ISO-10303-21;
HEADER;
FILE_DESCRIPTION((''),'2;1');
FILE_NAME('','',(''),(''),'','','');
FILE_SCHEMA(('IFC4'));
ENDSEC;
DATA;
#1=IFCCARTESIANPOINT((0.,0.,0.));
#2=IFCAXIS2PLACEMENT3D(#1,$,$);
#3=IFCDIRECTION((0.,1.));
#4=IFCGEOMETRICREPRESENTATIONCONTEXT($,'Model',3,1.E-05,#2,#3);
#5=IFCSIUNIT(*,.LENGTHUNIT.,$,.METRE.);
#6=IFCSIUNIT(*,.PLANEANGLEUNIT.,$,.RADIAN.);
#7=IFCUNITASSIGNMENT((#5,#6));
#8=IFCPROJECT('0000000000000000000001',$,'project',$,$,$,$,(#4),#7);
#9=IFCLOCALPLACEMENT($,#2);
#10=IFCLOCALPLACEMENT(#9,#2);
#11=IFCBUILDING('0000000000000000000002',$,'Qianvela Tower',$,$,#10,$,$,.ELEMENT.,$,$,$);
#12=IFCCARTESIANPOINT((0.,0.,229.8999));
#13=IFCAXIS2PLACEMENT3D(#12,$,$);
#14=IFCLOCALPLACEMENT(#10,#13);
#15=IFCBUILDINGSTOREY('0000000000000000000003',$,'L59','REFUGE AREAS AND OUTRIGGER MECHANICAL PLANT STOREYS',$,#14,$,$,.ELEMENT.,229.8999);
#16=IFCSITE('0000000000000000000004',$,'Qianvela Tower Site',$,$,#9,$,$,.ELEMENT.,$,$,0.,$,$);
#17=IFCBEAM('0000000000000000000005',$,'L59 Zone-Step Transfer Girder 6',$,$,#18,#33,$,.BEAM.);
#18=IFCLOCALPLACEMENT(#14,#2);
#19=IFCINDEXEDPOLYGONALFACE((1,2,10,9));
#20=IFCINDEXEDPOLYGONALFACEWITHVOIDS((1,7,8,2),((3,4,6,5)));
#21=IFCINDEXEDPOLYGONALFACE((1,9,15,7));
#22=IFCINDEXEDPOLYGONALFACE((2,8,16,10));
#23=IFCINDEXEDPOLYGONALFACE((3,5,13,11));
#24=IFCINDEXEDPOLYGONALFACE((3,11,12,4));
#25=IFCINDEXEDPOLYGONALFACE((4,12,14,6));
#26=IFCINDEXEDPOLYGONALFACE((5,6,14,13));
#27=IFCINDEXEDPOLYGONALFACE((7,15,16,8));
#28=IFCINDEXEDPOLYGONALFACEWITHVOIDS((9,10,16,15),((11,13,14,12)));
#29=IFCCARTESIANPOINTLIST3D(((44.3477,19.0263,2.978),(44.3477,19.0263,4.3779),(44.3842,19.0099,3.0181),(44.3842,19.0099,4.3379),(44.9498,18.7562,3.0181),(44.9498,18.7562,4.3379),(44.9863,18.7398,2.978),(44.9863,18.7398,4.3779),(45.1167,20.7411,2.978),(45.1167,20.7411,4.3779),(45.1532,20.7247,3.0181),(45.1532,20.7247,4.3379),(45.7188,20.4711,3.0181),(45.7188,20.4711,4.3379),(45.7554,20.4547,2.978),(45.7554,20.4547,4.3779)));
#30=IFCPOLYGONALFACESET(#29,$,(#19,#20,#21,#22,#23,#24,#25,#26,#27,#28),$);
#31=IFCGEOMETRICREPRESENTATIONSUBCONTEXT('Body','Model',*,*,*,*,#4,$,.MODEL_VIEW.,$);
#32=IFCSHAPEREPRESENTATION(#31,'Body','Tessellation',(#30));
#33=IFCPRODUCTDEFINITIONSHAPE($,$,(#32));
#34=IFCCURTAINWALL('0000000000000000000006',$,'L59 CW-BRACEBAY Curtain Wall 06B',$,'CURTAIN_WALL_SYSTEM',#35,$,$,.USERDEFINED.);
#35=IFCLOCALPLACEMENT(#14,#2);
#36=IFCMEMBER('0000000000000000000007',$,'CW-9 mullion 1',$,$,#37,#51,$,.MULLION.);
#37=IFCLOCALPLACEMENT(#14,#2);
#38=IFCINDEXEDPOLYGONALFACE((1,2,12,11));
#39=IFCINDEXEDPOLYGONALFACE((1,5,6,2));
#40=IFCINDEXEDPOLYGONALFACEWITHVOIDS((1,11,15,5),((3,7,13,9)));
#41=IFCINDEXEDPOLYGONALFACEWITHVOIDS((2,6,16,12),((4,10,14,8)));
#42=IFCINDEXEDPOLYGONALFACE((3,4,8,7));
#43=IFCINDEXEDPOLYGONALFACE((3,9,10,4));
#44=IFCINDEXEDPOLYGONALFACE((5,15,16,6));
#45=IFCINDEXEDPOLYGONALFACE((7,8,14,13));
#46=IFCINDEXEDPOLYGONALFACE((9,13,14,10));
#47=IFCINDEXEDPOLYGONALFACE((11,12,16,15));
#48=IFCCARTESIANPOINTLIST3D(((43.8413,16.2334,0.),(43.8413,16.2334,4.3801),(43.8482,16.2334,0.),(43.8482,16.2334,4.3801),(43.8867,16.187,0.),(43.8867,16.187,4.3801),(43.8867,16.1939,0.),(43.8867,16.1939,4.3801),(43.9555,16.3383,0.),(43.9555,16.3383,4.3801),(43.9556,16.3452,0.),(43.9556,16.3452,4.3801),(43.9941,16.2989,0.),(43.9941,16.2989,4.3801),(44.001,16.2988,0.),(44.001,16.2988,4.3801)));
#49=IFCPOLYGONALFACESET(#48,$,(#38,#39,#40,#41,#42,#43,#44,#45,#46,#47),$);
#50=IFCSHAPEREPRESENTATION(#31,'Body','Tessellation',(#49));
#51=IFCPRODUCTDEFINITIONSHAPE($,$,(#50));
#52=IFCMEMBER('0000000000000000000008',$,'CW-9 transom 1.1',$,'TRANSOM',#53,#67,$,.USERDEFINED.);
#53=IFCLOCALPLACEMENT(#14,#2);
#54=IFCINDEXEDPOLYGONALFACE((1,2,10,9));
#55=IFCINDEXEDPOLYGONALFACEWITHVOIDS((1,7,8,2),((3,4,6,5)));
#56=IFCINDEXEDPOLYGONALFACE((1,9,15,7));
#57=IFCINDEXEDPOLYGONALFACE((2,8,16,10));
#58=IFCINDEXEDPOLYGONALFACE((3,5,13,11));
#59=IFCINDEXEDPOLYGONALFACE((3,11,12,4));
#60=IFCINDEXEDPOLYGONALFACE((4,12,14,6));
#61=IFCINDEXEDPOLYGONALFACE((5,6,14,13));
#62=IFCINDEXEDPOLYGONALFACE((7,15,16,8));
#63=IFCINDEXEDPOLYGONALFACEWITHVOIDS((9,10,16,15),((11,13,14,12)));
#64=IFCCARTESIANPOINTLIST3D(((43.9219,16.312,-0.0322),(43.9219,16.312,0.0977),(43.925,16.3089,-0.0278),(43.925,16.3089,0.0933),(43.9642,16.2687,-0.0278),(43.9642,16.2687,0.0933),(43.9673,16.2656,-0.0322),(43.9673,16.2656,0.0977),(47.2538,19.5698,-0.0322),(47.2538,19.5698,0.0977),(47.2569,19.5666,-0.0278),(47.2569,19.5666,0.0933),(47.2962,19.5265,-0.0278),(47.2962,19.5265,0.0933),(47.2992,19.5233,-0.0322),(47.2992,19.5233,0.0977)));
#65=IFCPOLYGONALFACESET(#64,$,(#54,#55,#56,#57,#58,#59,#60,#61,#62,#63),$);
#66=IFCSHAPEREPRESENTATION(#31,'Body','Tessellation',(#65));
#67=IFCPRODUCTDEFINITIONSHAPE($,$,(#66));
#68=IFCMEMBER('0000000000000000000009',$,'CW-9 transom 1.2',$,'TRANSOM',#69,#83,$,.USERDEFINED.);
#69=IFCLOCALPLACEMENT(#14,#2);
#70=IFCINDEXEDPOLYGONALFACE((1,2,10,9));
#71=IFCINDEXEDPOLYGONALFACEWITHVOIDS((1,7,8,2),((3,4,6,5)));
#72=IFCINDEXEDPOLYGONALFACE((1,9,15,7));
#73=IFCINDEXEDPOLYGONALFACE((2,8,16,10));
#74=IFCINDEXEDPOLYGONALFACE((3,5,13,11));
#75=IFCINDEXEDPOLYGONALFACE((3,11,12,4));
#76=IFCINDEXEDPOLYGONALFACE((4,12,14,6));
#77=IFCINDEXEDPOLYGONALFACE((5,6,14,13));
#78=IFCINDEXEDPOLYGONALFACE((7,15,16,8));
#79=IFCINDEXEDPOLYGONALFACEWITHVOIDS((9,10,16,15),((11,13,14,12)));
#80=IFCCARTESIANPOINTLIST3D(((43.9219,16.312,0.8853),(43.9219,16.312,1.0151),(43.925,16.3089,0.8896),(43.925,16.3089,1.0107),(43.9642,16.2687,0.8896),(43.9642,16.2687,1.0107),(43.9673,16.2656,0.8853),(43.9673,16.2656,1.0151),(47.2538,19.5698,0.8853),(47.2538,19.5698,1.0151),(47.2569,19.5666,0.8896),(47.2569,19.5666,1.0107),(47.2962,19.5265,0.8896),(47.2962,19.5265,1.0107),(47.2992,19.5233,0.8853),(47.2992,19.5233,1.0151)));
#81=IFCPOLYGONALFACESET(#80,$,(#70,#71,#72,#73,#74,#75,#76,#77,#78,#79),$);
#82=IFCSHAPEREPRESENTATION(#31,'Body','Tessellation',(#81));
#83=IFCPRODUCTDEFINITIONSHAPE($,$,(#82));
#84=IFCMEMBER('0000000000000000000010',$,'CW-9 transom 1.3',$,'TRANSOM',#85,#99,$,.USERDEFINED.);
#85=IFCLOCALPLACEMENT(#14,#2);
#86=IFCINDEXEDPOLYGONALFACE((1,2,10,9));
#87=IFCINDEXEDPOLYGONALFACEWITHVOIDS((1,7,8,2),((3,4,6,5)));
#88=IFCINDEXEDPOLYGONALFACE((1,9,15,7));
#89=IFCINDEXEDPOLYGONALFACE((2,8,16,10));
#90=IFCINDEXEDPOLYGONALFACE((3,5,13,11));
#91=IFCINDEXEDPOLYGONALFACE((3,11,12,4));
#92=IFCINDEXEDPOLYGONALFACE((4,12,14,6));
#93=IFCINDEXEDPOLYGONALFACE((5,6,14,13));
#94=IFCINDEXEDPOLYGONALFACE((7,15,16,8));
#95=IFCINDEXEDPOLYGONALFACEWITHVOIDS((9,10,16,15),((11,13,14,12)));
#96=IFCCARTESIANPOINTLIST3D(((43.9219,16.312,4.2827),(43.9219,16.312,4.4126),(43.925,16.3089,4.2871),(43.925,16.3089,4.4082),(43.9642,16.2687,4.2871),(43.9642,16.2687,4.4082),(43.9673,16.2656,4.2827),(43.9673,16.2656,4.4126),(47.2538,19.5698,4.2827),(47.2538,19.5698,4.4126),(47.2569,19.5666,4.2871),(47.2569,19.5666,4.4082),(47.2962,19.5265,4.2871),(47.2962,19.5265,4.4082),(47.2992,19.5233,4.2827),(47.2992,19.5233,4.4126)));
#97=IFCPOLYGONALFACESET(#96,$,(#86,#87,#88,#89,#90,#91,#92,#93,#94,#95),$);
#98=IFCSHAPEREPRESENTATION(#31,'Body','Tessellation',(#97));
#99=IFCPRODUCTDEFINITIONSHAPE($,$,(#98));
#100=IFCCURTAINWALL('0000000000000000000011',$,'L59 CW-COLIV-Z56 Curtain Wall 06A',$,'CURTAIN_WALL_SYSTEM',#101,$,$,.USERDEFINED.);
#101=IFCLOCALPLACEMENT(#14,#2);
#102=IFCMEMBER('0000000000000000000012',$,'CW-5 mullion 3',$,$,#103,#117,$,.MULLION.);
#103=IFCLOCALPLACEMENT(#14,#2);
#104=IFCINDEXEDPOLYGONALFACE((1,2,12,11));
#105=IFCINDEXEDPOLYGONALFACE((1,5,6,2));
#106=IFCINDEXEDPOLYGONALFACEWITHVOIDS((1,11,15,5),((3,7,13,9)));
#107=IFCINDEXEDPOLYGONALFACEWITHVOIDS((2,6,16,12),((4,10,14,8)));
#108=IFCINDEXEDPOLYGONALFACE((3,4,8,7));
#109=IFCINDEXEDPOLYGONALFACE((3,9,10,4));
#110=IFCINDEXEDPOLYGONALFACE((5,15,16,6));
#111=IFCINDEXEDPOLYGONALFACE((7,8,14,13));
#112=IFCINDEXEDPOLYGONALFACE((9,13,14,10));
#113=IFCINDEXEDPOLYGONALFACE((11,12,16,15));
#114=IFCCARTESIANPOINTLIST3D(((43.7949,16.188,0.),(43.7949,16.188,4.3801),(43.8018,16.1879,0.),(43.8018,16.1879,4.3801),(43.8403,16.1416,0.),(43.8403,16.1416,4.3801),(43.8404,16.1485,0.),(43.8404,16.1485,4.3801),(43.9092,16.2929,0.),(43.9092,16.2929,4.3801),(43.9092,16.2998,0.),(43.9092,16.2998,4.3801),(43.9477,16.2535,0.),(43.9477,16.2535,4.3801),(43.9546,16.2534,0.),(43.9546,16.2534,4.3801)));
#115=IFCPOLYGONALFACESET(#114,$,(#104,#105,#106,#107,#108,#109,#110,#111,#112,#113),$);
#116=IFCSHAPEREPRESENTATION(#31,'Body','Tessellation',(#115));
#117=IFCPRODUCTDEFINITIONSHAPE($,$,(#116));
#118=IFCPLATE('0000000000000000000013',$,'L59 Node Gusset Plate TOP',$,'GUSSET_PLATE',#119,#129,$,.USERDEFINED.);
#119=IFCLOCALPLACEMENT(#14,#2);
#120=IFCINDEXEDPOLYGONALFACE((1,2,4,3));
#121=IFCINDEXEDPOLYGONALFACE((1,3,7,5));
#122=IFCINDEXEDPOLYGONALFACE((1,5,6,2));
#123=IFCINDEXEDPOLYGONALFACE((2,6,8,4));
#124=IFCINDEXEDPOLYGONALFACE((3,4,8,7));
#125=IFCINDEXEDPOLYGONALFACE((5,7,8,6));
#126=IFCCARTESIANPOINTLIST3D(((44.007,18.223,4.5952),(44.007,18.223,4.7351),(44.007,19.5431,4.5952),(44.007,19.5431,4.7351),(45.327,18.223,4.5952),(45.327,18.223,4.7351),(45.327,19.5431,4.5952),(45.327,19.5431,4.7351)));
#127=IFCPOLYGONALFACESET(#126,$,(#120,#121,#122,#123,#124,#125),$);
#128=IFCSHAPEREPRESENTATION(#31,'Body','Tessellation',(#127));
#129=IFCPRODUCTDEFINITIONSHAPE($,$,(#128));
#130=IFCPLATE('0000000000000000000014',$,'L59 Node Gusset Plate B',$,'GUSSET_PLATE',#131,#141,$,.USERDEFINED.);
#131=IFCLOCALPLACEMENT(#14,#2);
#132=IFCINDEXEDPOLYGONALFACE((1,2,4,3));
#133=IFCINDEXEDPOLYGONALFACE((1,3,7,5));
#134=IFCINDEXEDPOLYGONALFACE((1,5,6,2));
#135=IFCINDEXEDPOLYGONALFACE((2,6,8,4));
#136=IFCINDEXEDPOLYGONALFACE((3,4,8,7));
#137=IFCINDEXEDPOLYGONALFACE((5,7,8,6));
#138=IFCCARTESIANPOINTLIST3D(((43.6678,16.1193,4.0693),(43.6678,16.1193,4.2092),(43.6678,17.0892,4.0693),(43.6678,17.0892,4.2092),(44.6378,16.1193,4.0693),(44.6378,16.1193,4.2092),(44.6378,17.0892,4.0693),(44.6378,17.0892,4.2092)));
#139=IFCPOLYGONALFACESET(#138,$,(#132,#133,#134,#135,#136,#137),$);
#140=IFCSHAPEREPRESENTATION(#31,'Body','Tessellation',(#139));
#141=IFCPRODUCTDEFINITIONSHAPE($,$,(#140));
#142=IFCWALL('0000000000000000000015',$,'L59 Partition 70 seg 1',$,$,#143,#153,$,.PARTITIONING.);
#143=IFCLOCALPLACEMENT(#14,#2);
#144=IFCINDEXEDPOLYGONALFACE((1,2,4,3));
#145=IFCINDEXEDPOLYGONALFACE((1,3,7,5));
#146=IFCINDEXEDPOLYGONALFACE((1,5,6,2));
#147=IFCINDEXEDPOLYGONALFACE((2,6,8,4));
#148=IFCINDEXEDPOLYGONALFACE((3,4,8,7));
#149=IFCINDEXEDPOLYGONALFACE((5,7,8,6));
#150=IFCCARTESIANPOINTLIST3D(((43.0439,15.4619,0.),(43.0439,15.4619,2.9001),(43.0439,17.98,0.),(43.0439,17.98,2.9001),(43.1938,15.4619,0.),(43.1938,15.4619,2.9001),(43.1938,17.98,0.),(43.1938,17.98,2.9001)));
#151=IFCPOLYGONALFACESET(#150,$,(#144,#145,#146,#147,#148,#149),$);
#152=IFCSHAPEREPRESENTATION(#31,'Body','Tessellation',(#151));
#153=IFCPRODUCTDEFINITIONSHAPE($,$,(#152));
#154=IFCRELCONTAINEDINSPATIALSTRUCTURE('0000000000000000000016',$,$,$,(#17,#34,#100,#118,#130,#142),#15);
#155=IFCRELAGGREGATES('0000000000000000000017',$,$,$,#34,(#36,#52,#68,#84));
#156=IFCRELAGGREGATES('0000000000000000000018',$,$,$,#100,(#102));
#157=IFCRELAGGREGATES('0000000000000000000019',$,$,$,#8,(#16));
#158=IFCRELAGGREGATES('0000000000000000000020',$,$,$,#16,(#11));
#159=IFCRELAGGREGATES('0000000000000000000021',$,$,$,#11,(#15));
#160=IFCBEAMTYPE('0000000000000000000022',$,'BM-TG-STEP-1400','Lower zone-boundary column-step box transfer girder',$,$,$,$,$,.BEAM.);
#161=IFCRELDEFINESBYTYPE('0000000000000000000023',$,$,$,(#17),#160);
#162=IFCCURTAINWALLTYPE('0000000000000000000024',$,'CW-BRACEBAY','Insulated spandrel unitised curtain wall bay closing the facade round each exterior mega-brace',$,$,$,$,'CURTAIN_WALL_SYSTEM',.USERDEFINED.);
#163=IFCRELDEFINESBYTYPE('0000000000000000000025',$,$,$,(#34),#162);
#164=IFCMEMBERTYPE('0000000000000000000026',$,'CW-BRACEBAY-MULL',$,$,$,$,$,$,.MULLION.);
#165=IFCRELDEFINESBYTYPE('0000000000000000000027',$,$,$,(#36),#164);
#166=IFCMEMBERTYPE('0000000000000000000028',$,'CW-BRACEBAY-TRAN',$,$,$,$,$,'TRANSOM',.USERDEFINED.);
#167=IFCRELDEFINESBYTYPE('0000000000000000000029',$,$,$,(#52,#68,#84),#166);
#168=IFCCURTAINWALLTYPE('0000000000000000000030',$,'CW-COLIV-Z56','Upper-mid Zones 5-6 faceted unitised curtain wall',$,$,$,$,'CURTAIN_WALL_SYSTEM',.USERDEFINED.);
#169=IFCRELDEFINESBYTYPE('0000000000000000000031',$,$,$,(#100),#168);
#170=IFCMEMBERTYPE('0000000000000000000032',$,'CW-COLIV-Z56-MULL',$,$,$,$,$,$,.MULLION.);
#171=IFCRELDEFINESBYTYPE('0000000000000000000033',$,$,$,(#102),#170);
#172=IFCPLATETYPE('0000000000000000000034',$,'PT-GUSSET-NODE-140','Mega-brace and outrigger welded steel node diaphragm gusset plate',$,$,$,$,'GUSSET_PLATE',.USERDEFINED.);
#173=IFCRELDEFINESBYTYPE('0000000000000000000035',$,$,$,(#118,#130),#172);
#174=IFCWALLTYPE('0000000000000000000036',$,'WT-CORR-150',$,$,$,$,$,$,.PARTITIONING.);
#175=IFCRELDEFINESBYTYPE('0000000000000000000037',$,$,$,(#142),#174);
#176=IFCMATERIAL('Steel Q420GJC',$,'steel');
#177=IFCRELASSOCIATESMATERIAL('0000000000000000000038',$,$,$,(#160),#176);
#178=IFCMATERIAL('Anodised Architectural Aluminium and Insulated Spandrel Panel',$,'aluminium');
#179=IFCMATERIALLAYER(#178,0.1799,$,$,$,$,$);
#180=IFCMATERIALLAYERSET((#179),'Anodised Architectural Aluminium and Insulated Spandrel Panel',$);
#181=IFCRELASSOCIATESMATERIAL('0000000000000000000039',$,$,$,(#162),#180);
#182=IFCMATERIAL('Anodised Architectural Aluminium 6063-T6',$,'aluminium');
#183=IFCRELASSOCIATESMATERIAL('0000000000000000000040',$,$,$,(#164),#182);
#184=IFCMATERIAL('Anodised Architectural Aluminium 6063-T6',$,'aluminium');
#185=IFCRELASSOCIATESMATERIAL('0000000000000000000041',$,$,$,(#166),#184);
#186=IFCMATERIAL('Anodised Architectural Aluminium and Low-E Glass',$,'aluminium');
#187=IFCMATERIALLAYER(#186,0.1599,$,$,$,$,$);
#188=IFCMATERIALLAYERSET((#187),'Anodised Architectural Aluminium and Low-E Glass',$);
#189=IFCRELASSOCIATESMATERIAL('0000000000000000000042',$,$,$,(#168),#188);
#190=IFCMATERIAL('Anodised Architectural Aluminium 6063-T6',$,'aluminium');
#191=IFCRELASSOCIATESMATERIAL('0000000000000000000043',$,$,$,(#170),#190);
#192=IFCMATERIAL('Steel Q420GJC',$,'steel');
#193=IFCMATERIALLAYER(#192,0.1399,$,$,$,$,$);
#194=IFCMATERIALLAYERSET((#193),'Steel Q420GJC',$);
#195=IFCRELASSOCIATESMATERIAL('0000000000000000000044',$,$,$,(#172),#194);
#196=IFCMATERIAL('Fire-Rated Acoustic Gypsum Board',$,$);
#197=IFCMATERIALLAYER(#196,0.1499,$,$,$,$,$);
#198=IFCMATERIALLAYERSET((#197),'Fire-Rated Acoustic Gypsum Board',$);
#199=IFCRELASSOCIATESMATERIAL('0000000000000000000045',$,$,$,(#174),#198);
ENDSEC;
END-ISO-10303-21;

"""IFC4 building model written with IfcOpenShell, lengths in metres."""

from ifc_helpers import new_model, si_unit, direction, frame, frame_2d, origin, origin_2d, place, context, subcontext, project, spatial, rectangle, hollow_rectangle, extrude, material, layer, layer_set, material_profile, profile_set, type_object, element, aggregate, save


model = new_model("IFC4")

# Units and contexts
model_context = context("Model", 3, precision=1e-05, world=origin(), true_north=direction((0.0, 1.0)))
body_context = subcontext(model_context, "Body", "Model", "MODEL_VIEW")
ifc_project = project(units=[si_unit("LENGTHUNIT", "METRE"), si_unit("PLANEANGLEUNIT", "RADIAN")], contexts=[model_context])

# Site, building, storey
site_placement = place(None, origin())
site = spatial("IfcSite", under=ifc_project, at=site_placement, Name="Qianvela Tower Site", CompositionType="ELEMENT", RefElevation=0.0)
building_placement = place(site_placement, origin())
building = spatial("IfcBuilding", under=site, at=building_placement, Name="Qianvela Tower", CompositionType="ELEMENT")
storey_placement = place(building_placement, frame((0.0, 0.0, 229.8999)))
storey = spatial("IfcBuildingStorey", under=building, at=storey_placement, Name="L59", Description="REFUGE AREAS AND OUTRIGGER MECHANICAL PLANT STOREYS", CompositionType="ELEMENT", Elevation=229.8999)

# Beam
ifc_material_1 = material(Name="Steel Q420GJC", Category="steel")
ifc_material_profile_1 = material_profile(ifc_material_1, hollow_rectangle(XDim=0.7, YDim=1.3999, WallThickness=0.04, at=origin_2d()), Name="TG-BOX-1400x700x40")
ifc_profile_set_1 = profile_set([ifc_material_profile_1], Name="Steel Q420GJC")
beam_type_1 = type_object("IfcBeamType", Name="BM-TG-STEP-1400", Description="Lower zone-boundary column-step box transfer girder", PredefinedType="BEAM", material=ifc_profile_set_1)
beam_1_placement = place(storey_placement, frame((44.667, 18.8831, 3.678), z_axis=(0.409198, 0.912446, 0.0), x_axis=(-0.912446, 0.409198, 0.0)))
element("IfcBeam", 1, at=beam_1_placement, inside=storey, type_object=beam_type_1, Name="L59 Zone-Step Transfer Girder 6", PredefinedType="BEAM", context=body_context, shape_type="SweptSolid", body=[
    extrude(hollow_rectangle(XDim=0.7, YDim=1.3999, WallThickness=0.04, at=origin_2d()), origin(), (0.0, 0.0, 1.0), 1.8794),
])

# Curtain wall, members
ifc_material_2 = material(Name="Anodised Architectural Aluminium and Insulated Spandrel Panel", Category="aluminium")
ifc_layer_1 = layer(ifc_material_2, 0.1799)
ifc_layer_set_1 = layer_set([ifc_layer_1], Name="Anodised Architectural Aluminium and Insulated Spandrel Panel")
curtain_wall_type_1 = type_object("IfcCurtainWallType", Name="CW-BRACEBAY", Description="Insulated spandrel unitised curtain wall bay closing the facade round each exterior mega-brace", ElementType="CURTAIN_WALL_SYSTEM", PredefinedType="USERDEFINED", material=ifc_layer_set_1)
curtain_wall_1_placement = place(storey_placement, origin())
curtain_wall_1 = element("IfcCurtainWall", 2, at=curtain_wall_1_placement, inside=storey, type_object=curtain_wall_type_1, Name="L59 CW-BRACEBAY Curtain Wall 06B", ObjectType="CURTAIN_WALL_SYSTEM", PredefinedType="USERDEFINED")
ifc_material_3 = material(Name="Anodised Architectural Aluminium 6063-T6", Category="aluminium")
ifc_material_profile_2 = material_profile(ifc_material_3, hollow_rectangle(XDim=0.0649, YDim=0.1599, WallThickness=0.0049, at=origin_2d()), Name="ALU-MULL-65x160")
ifc_profile_set_2 = profile_set([ifc_material_profile_2], Name="Anodised Architectural Aluminium 6063-T6")
member_type_1 = type_object("IfcMemberType", Name="CW-BRACEBAY-MULL", PredefinedType="MULLION", material=ifc_profile_set_2)
member_1_placement = place(storey_placement, frame((43.9211, 16.2661, 0.0), z_axis=(0.0, 0.0, 1.0), x_axis=(-0.699066, 0.715057, 0.0)))
member_1 = element("IfcMember", 3, at=member_1_placement, type_object=member_type_1, Name="CW-9 mullion 1", PredefinedType="MULLION", context=body_context, shape_type="SweptSolid", body=[
    extrude(hollow_rectangle(XDim=0.0649, YDim=0.1599, WallThickness=0.0049, at=origin_2d()), origin(), (0.0, 0.0, 1.0), 4.3801),
])
ifc_material_4 = material(Name="Anodised Architectural Aluminium 6063-T6", Category="aluminium")
ifc_material_profile_3 = material_profile(ifc_material_4, hollow_rectangle(XDim=0.0649, YDim=0.1299, WallThickness=0.0044, at=origin_2d()), Name="ALU-TRAN-65x130")
ifc_profile_set_3 = profile_set([ifc_material_profile_3], Name="Anodised Architectural Aluminium 6063-T6")
member_type_2 = type_object("IfcMemberType", Name="CW-BRACEBAY-TRAN", ElementType="TRANSOM", PredefinedType="USERDEFINED", material=ifc_profile_set_3)
member_2_placement = place(storey_placement, frame((43.9446, 16.2888, 0.0327), z_axis=(0.715025, 0.699099, 0.0), x_axis=(-0.699099, 0.715025, 0.0)))
member_2 = element("IfcMember", 4, at=member_2_placement, type_object=member_type_2, Name="CW-9 transom 1.1", ObjectType="TRANSOM", PredefinedType="USERDEFINED", context=body_context, shape_type="SweptSolid", body=[
    extrude(hollow_rectangle(XDim=0.0649, YDim=0.1299, WallThickness=0.0044, at=origin_2d()), origin(), (0.0, 0.0, 1.0), 4.6599),
])
member_3_placement = place(storey_placement, frame((43.9446, 16.2888, 0.9502), z_axis=(0.715025, 0.699099, 0.0), x_axis=(-0.699099, 0.715025, 0.0)))
member_3 = element("IfcMember", 5, at=member_3_placement, type_object=member_type_2, Name="CW-9 transom 1.2", ObjectType="TRANSOM", PredefinedType="USERDEFINED", context=body_context, shape_type="SweptSolid", body=[
    extrude(hollow_rectangle(XDim=0.0649, YDim=0.1299, WallThickness=0.0044, at=origin_2d()), origin(), (0.0, 0.0, 1.0), 4.6599),
])
member_4_placement = place(storey_placement, frame((43.9446, 16.2888, 4.3477), z_axis=(0.715025, 0.699099, 0.0), x_axis=(-0.699099, 0.715025, 0.0)))
member_4 = element("IfcMember", 6, at=member_4_placement, type_object=member_type_2, Name="CW-9 transom 1.3", ObjectType="TRANSOM", PredefinedType="USERDEFINED", context=body_context, shape_type="SweptSolid", body=[
    extrude(hollow_rectangle(XDim=0.0649, YDim=0.1299, WallThickness=0.0044, at=origin_2d()), origin(), (0.0, 0.0, 1.0), 4.6599),
])
aggregate(curtain_wall_1, [member_1, member_2, member_3, member_4])

# Curtain wall, member
ifc_material_5 = material(Name="Anodised Architectural Aluminium and Low-E Glass", Category="aluminium")
ifc_layer_2 = layer(ifc_material_5, 0.1599)
ifc_layer_set_2 = layer_set([ifc_layer_2], Name="Anodised Architectural Aluminium and Low-E Glass")
curtain_wall_type_2 = type_object("IfcCurtainWallType", Name="CW-COLIV-Z56", Description="Upper-mid Zones 5-6 faceted unitised curtain wall", ElementType="CURTAIN_WALL_SYSTEM", PredefinedType="USERDEFINED", material=ifc_layer_set_2)
curtain_wall_2_placement = place(storey_placement, origin())
curtain_wall_2 = element("IfcCurtainWall", 7, at=curtain_wall_2_placement, inside=storey, type_object=curtain_wall_type_2, Name="L59 CW-COLIV-Z56 Curtain Wall 06A", ObjectType="CURTAIN_WALL_SYSTEM", PredefinedType="USERDEFINED")
ifc_material_6 = material(Name="Anodised Architectural Aluminium 6063-T6", Category="aluminium")
ifc_material_profile_4 = material_profile(ifc_material_6, hollow_rectangle(XDim=0.0649, YDim=0.1599, WallThickness=0.0049, at=origin_2d()), Name="ALU-MULL-65x160")
ifc_profile_set_4 = profile_set([ifc_material_profile_4], Name="Anodised Architectural Aluminium 6063-T6")
member_type_3 = type_object("IfcMemberType", Name="CW-COLIV-Z56-MULL", PredefinedType="MULLION", material=ifc_profile_set_4)
member_5_placement = place(storey_placement, frame((43.8748, 16.2207, 0.0), z_axis=(0.0, 0.0, 1.0), x_axis=(-0.699079, 0.715045, 0.0)))
member_5 = element("IfcMember", 8, at=member_5_placement, type_object=member_type_3, Name="CW-5 mullion 3", PredefinedType="MULLION", context=body_context, shape_type="SweptSolid", body=[
    extrude(hollow_rectangle(XDim=0.0649, YDim=0.1599, WallThickness=0.0049, at=origin_2d()), origin(), (0.0, 0.0, 1.0), 4.3801),
])
aggregate(curtain_wall_2, [member_5])

# Plates
ifc_material_7 = material(Name="Steel Q420GJC", Category="steel")
ifc_layer_3 = layer(ifc_material_7, 0.1399)
ifc_layer_set_3 = layer_set([ifc_layer_3], Name="Steel Q420GJC")
plate_type = type_object("IfcPlateType", Name="PT-GUSSET-NODE-140", Description="Mega-brace and outrigger welded steel node diaphragm gusset plate", ElementType="GUSSET_PLATE", PredefinedType="USERDEFINED", material=ifc_layer_set_3)
plate_1_placement = place(storey_placement, frame((44.667, 18.8831, 4.5952), z_axis=(0.0, 0.0, 1.0), x_axis=(1.0, 0.0, 0.0)))
element("IfcPlate", 9, at=plate_1_placement, inside=storey, type_object=plate_type, Name="L59 Node Gusset Plate TOP", ObjectType="GUSSET_PLATE", PredefinedType="USERDEFINED", context=body_context, shape_type="SweptSolid", body=[
    extrude(rectangle(XDim=1.3201, YDim=1.3201, at=origin_2d()), origin(), (0.0, 0.0, 1.0), 0.1399),
])
plate_2_placement = place(storey_placement, frame((44.1528, 16.6042, 4.0693), z_axis=(0.0, 0.0, 1.0), x_axis=(1.0, 0.0, 0.0)))
element("IfcPlate", 10, at=plate_2_placement, inside=storey, type_object=plate_type, Name="L59 Node Gusset Plate B", ObjectType="GUSSET_PLATE", PredefinedType="USERDEFINED", context=body_context, shape_type="SweptSolid", body=[
    extrude(rectangle(XDim=0.97, YDim=0.97, at=origin_2d()), origin(), (0.0, 0.0, 1.0), 0.1399),
])

# Shared definitions
ifc_material_8 = material(Name="Fire-Rated Acoustic Gypsum Board")
ifc_layer_4 = layer(ifc_material_8, 0.1499)
ifc_layer_set_4 = layer_set([ifc_layer_4], Name="Fire-Rated Acoustic Gypsum Board")
wall_type_1 = type_object("IfcWallType", Name="WT-CORR-150", PredefinedType="PARTITIONING", material=ifc_layer_set_4)

# Wall
wall_1_placement = place(storey_placement, frame((43.1189, 17.98, 0.0), z_axis=(0.0, 0.0, 1.0), x_axis=(0.0, -1.0, 0.0)))
element("IfcWall", 11, at=wall_1_placement, inside=storey, type_object=wall_type_1, Name="L59 Partition 70 seg 1", PredefinedType="PARTITIONING", context=body_context, shape_type="SweptSolid", body=[
    extrude(rectangle(XDim=2.5181, YDim=0.1499, at=frame_2d((1.259, 0.0))), origin(), (0.0, 0.0, 1.0), 2.9001),
])

save(model, "model.ifc")
